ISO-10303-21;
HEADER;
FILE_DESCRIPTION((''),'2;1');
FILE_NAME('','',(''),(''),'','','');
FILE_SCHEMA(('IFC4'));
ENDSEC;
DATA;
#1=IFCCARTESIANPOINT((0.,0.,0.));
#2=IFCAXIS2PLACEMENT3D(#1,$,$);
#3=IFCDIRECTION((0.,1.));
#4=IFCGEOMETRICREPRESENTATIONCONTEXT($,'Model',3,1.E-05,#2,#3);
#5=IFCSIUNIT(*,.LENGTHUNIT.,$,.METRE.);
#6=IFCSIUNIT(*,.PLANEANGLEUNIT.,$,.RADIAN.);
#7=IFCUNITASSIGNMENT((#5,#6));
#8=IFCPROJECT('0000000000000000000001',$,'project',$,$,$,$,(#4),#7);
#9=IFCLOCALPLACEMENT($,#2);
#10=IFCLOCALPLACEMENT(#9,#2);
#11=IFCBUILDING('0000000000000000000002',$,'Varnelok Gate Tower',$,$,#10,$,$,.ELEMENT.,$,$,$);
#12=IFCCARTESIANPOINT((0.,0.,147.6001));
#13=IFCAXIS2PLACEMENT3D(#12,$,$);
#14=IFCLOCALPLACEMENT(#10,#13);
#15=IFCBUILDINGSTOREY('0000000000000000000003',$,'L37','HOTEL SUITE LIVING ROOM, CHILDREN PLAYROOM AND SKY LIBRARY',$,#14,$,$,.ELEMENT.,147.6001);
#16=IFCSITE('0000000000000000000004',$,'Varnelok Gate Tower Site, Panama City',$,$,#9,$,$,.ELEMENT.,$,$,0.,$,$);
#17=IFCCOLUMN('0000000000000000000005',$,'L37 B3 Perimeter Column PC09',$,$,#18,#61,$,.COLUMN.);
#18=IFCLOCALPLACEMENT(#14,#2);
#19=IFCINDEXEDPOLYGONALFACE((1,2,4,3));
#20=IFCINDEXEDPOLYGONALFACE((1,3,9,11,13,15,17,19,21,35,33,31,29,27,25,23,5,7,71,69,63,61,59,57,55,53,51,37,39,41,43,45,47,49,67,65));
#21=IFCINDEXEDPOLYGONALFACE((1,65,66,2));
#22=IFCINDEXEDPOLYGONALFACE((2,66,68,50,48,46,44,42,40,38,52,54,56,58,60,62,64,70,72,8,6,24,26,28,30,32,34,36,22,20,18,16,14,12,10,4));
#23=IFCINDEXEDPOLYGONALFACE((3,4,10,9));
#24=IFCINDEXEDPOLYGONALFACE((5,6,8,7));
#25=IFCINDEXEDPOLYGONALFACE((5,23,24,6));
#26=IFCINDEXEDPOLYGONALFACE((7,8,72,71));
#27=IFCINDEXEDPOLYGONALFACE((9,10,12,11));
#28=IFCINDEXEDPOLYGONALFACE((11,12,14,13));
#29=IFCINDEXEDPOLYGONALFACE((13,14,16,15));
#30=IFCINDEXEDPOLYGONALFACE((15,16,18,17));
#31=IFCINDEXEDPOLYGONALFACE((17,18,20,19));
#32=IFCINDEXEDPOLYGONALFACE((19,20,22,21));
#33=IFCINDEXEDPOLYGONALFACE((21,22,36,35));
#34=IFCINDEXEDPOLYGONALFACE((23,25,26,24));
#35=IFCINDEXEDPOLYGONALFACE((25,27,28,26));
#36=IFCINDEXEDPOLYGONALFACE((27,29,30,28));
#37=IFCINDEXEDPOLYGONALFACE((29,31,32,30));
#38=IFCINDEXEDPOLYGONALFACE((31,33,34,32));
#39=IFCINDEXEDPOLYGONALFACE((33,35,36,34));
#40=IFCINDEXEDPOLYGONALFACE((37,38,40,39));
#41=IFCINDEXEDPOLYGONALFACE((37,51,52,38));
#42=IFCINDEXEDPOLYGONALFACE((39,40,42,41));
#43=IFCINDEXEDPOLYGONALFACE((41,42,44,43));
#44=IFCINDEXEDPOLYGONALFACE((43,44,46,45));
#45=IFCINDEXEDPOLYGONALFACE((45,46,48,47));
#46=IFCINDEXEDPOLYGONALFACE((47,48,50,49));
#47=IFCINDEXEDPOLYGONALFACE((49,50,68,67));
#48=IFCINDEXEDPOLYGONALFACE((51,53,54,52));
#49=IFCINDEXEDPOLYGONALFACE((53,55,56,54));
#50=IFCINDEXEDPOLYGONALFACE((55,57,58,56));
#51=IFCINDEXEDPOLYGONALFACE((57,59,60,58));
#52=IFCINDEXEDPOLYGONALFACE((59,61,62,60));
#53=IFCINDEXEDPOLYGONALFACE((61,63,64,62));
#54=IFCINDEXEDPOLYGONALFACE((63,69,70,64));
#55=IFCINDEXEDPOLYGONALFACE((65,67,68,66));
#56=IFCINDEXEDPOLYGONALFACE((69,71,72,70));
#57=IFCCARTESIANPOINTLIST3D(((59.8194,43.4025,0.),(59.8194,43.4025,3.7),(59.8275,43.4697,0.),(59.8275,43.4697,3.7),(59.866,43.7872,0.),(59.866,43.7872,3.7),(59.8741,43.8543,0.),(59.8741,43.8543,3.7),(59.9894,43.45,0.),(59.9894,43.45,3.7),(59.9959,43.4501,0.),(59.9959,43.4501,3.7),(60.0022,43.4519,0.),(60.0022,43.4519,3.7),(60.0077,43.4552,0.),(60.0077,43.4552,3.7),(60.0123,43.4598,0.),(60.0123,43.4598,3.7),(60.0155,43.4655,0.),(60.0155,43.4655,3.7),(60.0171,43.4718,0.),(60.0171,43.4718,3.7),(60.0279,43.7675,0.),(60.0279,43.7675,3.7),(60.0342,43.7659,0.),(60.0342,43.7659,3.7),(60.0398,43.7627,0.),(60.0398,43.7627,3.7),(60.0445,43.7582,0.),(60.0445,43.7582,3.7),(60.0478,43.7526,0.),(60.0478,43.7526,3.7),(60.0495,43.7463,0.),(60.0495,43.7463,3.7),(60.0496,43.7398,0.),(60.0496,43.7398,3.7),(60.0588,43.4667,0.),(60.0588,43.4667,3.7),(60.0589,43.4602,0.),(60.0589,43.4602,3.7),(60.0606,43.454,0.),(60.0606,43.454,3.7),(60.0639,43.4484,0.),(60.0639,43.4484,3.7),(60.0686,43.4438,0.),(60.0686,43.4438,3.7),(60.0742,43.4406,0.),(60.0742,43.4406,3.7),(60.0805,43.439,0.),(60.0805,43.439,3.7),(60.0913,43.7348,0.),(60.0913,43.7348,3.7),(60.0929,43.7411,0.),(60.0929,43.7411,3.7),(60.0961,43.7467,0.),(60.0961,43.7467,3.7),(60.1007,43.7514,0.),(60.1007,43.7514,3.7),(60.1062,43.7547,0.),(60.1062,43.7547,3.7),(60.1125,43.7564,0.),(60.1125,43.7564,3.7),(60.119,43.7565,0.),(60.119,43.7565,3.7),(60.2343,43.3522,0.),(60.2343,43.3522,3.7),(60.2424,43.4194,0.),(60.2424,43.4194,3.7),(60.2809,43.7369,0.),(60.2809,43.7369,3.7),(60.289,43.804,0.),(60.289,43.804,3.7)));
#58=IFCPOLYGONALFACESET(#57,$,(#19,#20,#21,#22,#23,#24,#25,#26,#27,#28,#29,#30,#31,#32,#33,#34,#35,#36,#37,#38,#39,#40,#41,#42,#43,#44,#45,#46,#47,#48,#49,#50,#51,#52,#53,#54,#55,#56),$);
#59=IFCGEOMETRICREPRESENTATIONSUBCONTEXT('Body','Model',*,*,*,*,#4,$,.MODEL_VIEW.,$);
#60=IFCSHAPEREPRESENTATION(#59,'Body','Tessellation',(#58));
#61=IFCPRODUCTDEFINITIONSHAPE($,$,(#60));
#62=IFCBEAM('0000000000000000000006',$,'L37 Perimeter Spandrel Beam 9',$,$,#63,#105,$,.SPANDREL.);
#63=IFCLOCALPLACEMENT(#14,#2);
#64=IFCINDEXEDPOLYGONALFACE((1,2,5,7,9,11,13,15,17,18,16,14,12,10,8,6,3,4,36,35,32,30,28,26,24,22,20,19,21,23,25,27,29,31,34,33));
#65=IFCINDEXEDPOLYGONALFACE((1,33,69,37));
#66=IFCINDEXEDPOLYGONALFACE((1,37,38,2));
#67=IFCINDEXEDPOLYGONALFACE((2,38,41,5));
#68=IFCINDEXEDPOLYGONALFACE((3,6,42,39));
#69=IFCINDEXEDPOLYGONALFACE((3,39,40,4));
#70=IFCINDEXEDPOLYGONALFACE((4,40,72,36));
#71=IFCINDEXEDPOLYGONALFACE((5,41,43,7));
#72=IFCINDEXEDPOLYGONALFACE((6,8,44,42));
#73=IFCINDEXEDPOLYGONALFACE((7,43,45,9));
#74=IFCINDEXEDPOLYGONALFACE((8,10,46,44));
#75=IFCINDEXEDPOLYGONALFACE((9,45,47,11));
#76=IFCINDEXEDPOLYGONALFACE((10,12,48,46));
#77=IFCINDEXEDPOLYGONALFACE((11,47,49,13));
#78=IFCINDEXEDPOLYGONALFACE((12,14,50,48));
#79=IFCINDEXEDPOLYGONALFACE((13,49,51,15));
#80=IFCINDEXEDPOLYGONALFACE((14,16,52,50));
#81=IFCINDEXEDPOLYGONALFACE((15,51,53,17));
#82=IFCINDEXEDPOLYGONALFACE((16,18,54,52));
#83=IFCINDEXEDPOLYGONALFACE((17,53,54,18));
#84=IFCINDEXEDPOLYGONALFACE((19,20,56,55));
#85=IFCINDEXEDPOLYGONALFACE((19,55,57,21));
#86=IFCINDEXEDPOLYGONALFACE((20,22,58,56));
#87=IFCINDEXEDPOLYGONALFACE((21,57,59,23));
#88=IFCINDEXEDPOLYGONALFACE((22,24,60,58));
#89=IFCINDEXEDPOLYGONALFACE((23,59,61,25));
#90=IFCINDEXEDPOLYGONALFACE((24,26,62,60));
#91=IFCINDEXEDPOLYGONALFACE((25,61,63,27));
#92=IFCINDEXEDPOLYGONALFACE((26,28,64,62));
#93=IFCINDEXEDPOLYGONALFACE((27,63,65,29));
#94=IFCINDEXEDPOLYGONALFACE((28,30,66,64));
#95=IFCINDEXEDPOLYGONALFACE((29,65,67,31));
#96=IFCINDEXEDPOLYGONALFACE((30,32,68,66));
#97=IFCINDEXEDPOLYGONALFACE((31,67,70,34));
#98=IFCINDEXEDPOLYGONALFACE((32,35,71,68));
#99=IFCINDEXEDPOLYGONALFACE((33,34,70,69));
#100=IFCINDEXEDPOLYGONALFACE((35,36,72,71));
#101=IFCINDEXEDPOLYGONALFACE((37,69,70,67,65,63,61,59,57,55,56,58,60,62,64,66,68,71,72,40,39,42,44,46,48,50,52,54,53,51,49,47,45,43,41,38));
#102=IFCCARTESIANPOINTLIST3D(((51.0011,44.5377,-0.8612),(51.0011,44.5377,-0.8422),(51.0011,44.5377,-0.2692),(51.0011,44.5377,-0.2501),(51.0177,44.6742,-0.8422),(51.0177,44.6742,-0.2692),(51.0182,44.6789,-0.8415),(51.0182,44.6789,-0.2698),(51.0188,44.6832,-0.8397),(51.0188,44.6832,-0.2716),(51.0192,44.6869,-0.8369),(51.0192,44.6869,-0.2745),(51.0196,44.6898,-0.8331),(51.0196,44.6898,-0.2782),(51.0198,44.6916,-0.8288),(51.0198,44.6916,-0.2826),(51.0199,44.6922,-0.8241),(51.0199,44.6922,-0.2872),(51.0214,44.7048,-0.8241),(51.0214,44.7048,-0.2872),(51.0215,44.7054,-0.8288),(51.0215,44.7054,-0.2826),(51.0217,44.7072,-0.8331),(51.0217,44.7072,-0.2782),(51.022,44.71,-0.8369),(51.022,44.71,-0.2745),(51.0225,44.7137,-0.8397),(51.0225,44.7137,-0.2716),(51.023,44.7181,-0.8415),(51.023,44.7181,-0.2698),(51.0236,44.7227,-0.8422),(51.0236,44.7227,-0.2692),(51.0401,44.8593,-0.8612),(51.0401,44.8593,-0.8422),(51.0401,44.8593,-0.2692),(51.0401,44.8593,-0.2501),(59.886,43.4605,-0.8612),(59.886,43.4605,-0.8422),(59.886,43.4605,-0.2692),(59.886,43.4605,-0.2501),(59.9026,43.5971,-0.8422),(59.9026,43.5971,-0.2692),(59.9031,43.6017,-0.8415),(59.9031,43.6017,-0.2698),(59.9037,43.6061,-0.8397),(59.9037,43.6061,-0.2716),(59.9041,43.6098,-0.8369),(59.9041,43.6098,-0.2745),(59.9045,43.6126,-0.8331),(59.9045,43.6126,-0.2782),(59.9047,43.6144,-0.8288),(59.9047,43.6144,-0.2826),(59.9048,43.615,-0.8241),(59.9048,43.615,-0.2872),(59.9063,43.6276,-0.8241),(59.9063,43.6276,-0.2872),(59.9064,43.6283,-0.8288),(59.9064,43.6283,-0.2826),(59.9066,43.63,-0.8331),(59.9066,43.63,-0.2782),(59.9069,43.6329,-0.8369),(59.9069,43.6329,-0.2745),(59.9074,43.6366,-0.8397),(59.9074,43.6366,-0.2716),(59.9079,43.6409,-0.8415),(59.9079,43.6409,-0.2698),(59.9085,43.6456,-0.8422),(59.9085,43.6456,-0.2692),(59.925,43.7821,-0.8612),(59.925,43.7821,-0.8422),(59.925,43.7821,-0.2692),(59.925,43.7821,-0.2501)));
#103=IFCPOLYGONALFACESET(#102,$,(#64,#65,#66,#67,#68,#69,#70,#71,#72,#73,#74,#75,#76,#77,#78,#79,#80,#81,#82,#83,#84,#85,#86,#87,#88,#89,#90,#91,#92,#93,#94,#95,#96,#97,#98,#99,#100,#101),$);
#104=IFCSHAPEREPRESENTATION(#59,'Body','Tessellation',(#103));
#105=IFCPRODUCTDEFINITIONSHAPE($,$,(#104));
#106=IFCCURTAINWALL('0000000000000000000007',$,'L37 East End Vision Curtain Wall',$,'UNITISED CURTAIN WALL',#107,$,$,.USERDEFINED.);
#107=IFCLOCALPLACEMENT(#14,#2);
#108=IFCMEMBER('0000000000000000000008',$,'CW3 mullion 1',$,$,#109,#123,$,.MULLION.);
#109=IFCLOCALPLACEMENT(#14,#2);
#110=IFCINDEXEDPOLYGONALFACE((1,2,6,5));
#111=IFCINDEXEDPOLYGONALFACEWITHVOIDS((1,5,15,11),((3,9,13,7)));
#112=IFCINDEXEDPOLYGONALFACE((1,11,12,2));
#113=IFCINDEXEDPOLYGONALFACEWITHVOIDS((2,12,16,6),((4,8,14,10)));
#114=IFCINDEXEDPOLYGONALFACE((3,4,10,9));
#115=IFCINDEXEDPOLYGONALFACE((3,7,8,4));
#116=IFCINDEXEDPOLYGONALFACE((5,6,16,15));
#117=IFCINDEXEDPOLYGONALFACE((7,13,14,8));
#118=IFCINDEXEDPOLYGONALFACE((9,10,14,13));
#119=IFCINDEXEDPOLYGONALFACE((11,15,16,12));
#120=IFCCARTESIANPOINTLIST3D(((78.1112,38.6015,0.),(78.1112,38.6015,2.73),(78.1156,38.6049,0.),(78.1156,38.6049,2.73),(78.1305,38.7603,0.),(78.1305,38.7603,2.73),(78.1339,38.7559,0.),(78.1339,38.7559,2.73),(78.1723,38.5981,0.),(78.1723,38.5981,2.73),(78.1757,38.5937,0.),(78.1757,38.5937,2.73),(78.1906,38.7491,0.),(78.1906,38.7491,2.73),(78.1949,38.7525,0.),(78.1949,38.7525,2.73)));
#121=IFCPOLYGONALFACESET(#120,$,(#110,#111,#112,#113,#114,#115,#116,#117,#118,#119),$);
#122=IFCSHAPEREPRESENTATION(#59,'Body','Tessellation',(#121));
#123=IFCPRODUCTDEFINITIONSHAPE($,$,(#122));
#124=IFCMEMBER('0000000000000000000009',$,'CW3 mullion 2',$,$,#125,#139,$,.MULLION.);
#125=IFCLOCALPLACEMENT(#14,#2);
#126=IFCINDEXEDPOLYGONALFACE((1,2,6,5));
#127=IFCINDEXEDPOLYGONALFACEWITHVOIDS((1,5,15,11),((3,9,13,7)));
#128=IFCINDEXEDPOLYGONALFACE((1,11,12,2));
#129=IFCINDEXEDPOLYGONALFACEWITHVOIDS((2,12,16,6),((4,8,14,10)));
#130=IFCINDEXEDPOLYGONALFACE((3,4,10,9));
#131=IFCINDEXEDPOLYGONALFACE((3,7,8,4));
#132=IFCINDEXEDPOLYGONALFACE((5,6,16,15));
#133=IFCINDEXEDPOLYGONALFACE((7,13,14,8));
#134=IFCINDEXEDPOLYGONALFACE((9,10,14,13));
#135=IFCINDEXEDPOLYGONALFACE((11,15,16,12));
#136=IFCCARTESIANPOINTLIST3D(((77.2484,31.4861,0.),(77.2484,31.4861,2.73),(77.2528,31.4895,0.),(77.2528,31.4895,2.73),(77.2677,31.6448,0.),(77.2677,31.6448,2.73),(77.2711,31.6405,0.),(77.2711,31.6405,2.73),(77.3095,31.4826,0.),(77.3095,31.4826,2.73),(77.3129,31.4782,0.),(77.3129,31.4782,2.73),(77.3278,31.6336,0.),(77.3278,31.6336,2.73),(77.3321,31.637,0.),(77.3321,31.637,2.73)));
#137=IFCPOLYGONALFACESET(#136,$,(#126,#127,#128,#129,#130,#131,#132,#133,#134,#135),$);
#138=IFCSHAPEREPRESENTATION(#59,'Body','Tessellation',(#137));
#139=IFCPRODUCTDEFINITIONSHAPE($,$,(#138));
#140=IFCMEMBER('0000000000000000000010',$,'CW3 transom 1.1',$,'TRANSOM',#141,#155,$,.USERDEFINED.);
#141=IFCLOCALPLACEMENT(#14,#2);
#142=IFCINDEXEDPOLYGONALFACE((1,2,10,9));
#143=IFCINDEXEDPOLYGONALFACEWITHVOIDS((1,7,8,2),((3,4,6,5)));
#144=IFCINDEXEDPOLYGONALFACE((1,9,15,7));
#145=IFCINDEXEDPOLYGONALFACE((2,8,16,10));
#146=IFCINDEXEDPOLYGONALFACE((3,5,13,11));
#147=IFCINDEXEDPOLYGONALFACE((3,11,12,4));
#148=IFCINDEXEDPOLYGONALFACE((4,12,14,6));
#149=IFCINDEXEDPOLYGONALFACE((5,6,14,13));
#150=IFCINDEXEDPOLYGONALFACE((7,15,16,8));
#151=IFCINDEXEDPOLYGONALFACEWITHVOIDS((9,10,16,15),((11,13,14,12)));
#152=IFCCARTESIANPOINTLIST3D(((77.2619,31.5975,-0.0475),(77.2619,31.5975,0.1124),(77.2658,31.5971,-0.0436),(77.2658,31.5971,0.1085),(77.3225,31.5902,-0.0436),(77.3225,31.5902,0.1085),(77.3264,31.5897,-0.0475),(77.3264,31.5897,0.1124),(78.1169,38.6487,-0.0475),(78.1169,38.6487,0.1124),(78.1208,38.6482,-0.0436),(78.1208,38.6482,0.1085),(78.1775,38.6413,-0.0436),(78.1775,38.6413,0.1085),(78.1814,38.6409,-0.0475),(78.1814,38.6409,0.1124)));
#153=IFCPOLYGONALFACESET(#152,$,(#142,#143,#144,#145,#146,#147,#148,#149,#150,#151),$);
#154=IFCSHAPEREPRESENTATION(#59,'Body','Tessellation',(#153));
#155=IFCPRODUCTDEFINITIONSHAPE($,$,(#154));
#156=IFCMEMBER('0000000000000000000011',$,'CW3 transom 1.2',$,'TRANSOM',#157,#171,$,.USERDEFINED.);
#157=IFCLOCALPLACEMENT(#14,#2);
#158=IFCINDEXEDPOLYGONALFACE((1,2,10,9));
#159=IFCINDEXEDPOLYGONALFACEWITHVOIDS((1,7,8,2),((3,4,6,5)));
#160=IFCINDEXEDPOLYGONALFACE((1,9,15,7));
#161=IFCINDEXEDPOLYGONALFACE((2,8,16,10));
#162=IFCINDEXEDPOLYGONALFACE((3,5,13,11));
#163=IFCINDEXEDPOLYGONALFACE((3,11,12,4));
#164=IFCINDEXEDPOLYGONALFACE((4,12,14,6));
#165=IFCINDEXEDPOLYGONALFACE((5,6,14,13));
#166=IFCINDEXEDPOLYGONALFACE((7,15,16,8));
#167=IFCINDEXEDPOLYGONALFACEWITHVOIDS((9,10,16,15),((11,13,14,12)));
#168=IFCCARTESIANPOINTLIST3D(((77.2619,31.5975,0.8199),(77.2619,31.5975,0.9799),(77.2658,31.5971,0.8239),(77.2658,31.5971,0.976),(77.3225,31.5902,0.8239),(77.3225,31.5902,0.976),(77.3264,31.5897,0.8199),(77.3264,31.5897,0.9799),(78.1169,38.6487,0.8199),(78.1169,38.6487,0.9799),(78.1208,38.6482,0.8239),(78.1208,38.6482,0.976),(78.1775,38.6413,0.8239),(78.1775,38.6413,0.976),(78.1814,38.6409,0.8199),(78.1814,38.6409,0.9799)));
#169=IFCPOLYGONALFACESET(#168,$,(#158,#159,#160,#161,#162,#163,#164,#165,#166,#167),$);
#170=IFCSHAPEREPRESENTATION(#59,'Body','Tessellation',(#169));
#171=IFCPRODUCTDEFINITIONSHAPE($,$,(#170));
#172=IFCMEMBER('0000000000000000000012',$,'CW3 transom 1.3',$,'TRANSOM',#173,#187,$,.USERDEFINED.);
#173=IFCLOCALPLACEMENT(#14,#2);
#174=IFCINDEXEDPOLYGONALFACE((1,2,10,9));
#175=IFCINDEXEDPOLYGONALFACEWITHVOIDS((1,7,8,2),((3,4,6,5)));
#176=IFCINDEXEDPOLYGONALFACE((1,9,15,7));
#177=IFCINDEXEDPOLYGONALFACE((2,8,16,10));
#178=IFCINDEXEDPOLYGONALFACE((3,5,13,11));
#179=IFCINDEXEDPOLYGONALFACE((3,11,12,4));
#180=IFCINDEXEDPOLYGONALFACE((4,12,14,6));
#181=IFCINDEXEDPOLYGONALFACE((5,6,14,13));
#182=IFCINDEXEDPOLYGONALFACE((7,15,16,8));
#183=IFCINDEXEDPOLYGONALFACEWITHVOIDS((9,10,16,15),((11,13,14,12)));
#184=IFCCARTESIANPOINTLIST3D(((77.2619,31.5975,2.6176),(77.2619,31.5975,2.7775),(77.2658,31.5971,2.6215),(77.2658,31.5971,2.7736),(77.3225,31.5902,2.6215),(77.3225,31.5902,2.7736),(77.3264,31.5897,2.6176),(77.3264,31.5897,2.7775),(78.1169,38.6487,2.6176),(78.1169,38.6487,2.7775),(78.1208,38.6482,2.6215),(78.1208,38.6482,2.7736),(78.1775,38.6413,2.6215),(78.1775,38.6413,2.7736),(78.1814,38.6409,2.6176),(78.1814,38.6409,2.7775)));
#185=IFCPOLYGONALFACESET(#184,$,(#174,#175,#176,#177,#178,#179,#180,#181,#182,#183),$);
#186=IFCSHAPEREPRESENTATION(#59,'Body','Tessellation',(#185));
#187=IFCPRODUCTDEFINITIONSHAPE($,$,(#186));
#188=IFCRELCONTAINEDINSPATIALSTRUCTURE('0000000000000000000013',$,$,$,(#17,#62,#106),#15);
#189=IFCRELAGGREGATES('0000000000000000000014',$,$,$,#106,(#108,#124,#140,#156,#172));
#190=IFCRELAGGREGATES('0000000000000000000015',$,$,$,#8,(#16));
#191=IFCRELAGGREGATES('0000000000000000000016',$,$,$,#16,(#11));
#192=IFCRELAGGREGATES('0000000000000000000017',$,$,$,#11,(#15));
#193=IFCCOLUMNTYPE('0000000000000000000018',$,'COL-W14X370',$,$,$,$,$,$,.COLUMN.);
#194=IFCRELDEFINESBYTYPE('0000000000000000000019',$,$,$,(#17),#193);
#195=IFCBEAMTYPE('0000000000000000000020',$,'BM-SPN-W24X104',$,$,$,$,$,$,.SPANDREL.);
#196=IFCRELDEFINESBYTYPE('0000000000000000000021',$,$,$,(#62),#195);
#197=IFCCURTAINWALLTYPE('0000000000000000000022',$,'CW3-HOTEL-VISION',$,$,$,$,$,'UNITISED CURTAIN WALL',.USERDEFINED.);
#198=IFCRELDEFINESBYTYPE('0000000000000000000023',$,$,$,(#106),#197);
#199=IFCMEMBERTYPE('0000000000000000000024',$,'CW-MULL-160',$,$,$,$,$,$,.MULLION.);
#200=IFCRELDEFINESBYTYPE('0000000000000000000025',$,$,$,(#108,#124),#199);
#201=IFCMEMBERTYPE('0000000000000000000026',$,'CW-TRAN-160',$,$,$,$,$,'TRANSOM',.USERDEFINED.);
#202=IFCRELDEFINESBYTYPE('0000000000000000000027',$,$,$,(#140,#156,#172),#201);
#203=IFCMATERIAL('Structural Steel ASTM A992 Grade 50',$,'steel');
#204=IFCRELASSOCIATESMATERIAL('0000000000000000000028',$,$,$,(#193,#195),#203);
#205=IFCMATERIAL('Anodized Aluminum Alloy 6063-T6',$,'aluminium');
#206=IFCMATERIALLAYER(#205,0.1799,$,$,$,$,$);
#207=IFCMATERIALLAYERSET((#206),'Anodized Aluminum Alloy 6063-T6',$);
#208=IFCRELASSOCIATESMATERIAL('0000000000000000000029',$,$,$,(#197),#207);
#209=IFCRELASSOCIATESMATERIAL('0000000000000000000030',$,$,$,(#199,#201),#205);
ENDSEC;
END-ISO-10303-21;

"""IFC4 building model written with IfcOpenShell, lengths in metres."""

from ifc_helpers import new_model, si_unit, direction, frame, origin, origin_2d, place, context, subcontext, project, spatial, hollow_rectangle, i_section, extrude, material, layer, layer_set, material_profile, profile_set, type_object, element, aggregate, save


model = new_model("IFC4")

# Units and contexts
model_context = context("Model", 3, precision=1e-05, world=origin(), true_north=direction((0.0, 1.0)))
body_context = subcontext(model_context, "Body", "Model", "MODEL_VIEW")
ifc_project = project(units=[si_unit("LENGTHUNIT", "METRE"), si_unit("PLANEANGLEUNIT", "RADIAN")], contexts=[model_context])

# Site, building, storey
site_placement = place(None, origin())
site = spatial("IfcSite", under=ifc_project, at=site_placement, Name="Varnelok Gate Tower Site, Panama City", CompositionType="ELEMENT", RefElevation=0.0)
building_placement = place(site_placement, origin())
building = spatial("IfcBuilding", under=site, at=building_placement, Name="Varnelok Gate Tower", CompositionType="ELEMENT")
storey_placement = place(building_placement, frame((0.0, 0.0, 147.6001)))
storey = spatial("IfcBuildingStorey", under=building, at=storey_placement, Name="L37", Description="HOTEL SUITE LIVING ROOM, CHILDREN PLAYROOM AND SKY LIBRARY", CompositionType="ELEMENT", Elevation=147.6001)

# Column
ifc_material_1 = material(Name="Structural Steel ASTM A992 Grade 50", Category="steel")
ifc_material_profile_1 = material_profile(ifc_material_1, i_section(OverallWidth=0.418, OverallDepth=0.4551, WebThickness=0.042, FlangeThickness=0.0676, FilletRadius=0.0249, at=origin_2d()), Name="W14X370")
ifc_profile_set_1 = profile_set([ifc_material_profile_1], Name="Structural Steel ASTM A992 Grade 50")
column_type = type_object("IfcColumnType", Name="COL-W14X370", PredefinedType="COLUMN", material=ifc_profile_set_1)
column_placement = place(storey_placement, frame((60.0542, 43.6033, 0.0), z_axis=(0.0, 0.0, 1.0), x_axis=(0.992732, -0.120345, 0.0)))
element("IfcColumn", 1, at=column_placement, inside=storey, type_object=column_type, Name="L37 B3 Perimeter Column PC09", PredefinedType="COLUMN", context=body_context, shape_type="SweptSolid", body=[
    extrude(i_section(OverallWidth=0.418, OverallDepth=0.4551, WebThickness=0.042, FlangeThickness=0.0676, FilletRadius=0.0249, at=origin_2d()), origin(), (0.0, 0.0, 1.0), 3.7),
])

# Beam
ifc_material_profile_2 = material_profile(ifc_material_1, i_section(OverallWidth=0.324, OverallDepth=0.6111, WebThickness=0.0127, FlangeThickness=0.019, FilletRadius=0.0181, at=origin_2d()), Name="W24X104")
ifc_profile_set_2 = profile_set([ifc_material_profile_2], Name="Structural Steel ASTM A992 Grade 50")
beam_type = type_object("IfcBeamType", Name="BM-SPN-W24X104", PredefinedType="SPANDREL", material=ifc_profile_set_2)
beam_placement = place(storey_placement, frame((59.9055, 43.6213, -0.5557), z_axis=(-0.992731, 0.120351, 0.0), x_axis=(-0.120351, -0.992731, 0.0)))
element("IfcBeam", 2, at=beam_placement, inside=storey, type_object=beam_type, Name="L37 Perimeter Spandrel Beam 9", PredefinedType="SPANDREL", context=body_context, shape_type="SweptSolid", body=[
    extrude(i_section(OverallWidth=0.324, OverallDepth=0.6111, WebThickness=0.0127, FlangeThickness=0.019, FilletRadius=0.0181, at=origin_2d()), origin(), (0.0, 0.0, 1.0), 8.95),
])

# Curtain wall, members
ifc_material_2 = material(Name="Anodized Aluminum Alloy 6063-T6", Category="aluminium")
ifc_layer_1 = layer(ifc_material_2, 0.1799)
ifc_layer_set_1 = layer_set([ifc_layer_1], Name="Anodized Aluminum Alloy 6063-T6")
curtain_wall_type = type_object("IfcCurtainWallType", Name="CW3-HOTEL-VISION", ElementType="UNITISED CURTAIN WALL", PredefinedType="USERDEFINED", material=ifc_layer_set_1)
curtain_wall_placement = place(storey_placement, origin())
curtain_wall = element("IfcCurtainWall", 3, at=curtain_wall_placement, inside=storey, type_object=curtain_wall_type, Name="L37 East End Vision Curtain Wall", ObjectType="UNITISED CURTAIN WALL", PredefinedType="USERDEFINED")
ifc_material_profile_3 = material_profile(ifc_material_2, hollow_rectangle(XDim=0.0649, YDim=0.1599, WallThickness=0.0039, at=origin_2d()), Name="ALU160X65X4")
ifc_profile_set_3 = profile_set([ifc_material_profile_3], Name="Anodized Aluminum Alloy 6063-T6")
member_type_1 = type_object("IfcMemberType", Name="CW-MULL-160", PredefinedType="MULLION", material=ifc_profile_set_3)
member_1_placement = place(storey_placement, frame((78.1531, 38.677, 0.0), z_axis=(0.0, 0.0, 1.0), x_axis=(0.992732, -0.120347, 0.0)))
member_1 = element("IfcMember", 4, at=member_1_placement, type_object=member_type_1, Name="CW3 mullion 1", PredefinedType="MULLION", context=body_context, shape_type="SweptSolid", body=[
    extrude(hollow_rectangle(XDim=0.0649, YDim=0.1599, WallThickness=0.0039, at=origin_2d()), origin(), (0.0, 0.0, 1.0), 2.73),
])
member_2_placement = place(storey_placement, frame((77.2903, 31.5615, 0.0), z_axis=(0.0, 0.0, 1.0), x_axis=(0.992732, -0.120347, 0.0)))
member_2 = element("IfcMember", 5, at=member_2_placement, type_object=member_type_1, Name="CW3 mullion 2", PredefinedType="MULLION", context=body_context, shape_type="SweptSolid", body=[
    extrude(hollow_rectangle(XDim=0.0649, YDim=0.1599, WallThickness=0.0039, at=origin_2d()), origin(), (0.0, 0.0, 1.0), 2.73),
])
ifc_material_profile_4 = material_profile(ifc_material_2, hollow_rectangle(XDim=0.0649, YDim=0.1599, WallThickness=0.0039, at=origin_2d()), Name="ALU160X65X4")
ifc_profile_set_4 = profile_set([ifc_material_profile_4], Name="Anodized Aluminum Alloy 6063-T6")
member_type_2 = type_object("IfcMemberType", Name="CW-TRAN-160", ElementType="TRANSOM", PredefinedType="USERDEFINED", material=ifc_profile_set_4)
member_3_placement = place(storey_placement, frame((78.1492, 38.6448, 0.0325), z_axis=(-0.120374, -0.992729, 0.0), x_axis=(0.992729, -0.120374, 0.0)))
member_3 = element("IfcMember", 6, at=member_3_placement, type_object=member_type_2, Name="CW3 transom 1.1", ObjectType="TRANSOM", PredefinedType="USERDEFINED", context=body_context, shape_type="SweptSolid", body=[
    extrude(hollow_rectangle(XDim=0.0649, YDim=0.1599, WallThickness=0.0039, at=origin_2d()), origin(), (0.0, 0.0, 1.0), 7.1028),
])
member_4_placement = place(storey_placement, frame((78.1492, 38.6448, 0.8999), z_axis=(-0.120374, -0.992729, 0.0), x_axis=(0.992729, -0.120374, 0.0)))
member_4 = element("IfcMember", 7, at=member_4_placement, type_object=member_type_2, Name="CW3 transom 1.2", ObjectType="TRANSOM", PredefinedType="USERDEFINED", context=body_context, shape_type="SweptSolid", body=[
    extrude(hollow_rectangle(XDim=0.0649, YDim=0.1599, WallThickness=0.0039, at=origin_2d()), origin(), (0.0, 0.0, 1.0), 7.1028),
])
member_5_placement = place(storey_placement, frame((78.1492, 38.6448, 2.6975), z_axis=(-0.120374, -0.992729, 0.0), x_axis=(0.992729, -0.120374, 0.0)))
member_5 = element("IfcMember", 8, at=member_5_placement, type_object=member_type_2, Name="CW3 transom 1.3", ObjectType="TRANSOM", PredefinedType="USERDEFINED", context=body_context, shape_type="SweptSolid", body=[
    extrude(hollow_rectangle(XDim=0.0649, YDim=0.1599, WallThickness=0.0039, at=origin_2d()), origin(), (0.0, 0.0, 1.0), 7.1028),
])
aggregate(curtain_wall, [member_1, member_2, member_3, member_4, member_5])

save(model, "model.ifc")
